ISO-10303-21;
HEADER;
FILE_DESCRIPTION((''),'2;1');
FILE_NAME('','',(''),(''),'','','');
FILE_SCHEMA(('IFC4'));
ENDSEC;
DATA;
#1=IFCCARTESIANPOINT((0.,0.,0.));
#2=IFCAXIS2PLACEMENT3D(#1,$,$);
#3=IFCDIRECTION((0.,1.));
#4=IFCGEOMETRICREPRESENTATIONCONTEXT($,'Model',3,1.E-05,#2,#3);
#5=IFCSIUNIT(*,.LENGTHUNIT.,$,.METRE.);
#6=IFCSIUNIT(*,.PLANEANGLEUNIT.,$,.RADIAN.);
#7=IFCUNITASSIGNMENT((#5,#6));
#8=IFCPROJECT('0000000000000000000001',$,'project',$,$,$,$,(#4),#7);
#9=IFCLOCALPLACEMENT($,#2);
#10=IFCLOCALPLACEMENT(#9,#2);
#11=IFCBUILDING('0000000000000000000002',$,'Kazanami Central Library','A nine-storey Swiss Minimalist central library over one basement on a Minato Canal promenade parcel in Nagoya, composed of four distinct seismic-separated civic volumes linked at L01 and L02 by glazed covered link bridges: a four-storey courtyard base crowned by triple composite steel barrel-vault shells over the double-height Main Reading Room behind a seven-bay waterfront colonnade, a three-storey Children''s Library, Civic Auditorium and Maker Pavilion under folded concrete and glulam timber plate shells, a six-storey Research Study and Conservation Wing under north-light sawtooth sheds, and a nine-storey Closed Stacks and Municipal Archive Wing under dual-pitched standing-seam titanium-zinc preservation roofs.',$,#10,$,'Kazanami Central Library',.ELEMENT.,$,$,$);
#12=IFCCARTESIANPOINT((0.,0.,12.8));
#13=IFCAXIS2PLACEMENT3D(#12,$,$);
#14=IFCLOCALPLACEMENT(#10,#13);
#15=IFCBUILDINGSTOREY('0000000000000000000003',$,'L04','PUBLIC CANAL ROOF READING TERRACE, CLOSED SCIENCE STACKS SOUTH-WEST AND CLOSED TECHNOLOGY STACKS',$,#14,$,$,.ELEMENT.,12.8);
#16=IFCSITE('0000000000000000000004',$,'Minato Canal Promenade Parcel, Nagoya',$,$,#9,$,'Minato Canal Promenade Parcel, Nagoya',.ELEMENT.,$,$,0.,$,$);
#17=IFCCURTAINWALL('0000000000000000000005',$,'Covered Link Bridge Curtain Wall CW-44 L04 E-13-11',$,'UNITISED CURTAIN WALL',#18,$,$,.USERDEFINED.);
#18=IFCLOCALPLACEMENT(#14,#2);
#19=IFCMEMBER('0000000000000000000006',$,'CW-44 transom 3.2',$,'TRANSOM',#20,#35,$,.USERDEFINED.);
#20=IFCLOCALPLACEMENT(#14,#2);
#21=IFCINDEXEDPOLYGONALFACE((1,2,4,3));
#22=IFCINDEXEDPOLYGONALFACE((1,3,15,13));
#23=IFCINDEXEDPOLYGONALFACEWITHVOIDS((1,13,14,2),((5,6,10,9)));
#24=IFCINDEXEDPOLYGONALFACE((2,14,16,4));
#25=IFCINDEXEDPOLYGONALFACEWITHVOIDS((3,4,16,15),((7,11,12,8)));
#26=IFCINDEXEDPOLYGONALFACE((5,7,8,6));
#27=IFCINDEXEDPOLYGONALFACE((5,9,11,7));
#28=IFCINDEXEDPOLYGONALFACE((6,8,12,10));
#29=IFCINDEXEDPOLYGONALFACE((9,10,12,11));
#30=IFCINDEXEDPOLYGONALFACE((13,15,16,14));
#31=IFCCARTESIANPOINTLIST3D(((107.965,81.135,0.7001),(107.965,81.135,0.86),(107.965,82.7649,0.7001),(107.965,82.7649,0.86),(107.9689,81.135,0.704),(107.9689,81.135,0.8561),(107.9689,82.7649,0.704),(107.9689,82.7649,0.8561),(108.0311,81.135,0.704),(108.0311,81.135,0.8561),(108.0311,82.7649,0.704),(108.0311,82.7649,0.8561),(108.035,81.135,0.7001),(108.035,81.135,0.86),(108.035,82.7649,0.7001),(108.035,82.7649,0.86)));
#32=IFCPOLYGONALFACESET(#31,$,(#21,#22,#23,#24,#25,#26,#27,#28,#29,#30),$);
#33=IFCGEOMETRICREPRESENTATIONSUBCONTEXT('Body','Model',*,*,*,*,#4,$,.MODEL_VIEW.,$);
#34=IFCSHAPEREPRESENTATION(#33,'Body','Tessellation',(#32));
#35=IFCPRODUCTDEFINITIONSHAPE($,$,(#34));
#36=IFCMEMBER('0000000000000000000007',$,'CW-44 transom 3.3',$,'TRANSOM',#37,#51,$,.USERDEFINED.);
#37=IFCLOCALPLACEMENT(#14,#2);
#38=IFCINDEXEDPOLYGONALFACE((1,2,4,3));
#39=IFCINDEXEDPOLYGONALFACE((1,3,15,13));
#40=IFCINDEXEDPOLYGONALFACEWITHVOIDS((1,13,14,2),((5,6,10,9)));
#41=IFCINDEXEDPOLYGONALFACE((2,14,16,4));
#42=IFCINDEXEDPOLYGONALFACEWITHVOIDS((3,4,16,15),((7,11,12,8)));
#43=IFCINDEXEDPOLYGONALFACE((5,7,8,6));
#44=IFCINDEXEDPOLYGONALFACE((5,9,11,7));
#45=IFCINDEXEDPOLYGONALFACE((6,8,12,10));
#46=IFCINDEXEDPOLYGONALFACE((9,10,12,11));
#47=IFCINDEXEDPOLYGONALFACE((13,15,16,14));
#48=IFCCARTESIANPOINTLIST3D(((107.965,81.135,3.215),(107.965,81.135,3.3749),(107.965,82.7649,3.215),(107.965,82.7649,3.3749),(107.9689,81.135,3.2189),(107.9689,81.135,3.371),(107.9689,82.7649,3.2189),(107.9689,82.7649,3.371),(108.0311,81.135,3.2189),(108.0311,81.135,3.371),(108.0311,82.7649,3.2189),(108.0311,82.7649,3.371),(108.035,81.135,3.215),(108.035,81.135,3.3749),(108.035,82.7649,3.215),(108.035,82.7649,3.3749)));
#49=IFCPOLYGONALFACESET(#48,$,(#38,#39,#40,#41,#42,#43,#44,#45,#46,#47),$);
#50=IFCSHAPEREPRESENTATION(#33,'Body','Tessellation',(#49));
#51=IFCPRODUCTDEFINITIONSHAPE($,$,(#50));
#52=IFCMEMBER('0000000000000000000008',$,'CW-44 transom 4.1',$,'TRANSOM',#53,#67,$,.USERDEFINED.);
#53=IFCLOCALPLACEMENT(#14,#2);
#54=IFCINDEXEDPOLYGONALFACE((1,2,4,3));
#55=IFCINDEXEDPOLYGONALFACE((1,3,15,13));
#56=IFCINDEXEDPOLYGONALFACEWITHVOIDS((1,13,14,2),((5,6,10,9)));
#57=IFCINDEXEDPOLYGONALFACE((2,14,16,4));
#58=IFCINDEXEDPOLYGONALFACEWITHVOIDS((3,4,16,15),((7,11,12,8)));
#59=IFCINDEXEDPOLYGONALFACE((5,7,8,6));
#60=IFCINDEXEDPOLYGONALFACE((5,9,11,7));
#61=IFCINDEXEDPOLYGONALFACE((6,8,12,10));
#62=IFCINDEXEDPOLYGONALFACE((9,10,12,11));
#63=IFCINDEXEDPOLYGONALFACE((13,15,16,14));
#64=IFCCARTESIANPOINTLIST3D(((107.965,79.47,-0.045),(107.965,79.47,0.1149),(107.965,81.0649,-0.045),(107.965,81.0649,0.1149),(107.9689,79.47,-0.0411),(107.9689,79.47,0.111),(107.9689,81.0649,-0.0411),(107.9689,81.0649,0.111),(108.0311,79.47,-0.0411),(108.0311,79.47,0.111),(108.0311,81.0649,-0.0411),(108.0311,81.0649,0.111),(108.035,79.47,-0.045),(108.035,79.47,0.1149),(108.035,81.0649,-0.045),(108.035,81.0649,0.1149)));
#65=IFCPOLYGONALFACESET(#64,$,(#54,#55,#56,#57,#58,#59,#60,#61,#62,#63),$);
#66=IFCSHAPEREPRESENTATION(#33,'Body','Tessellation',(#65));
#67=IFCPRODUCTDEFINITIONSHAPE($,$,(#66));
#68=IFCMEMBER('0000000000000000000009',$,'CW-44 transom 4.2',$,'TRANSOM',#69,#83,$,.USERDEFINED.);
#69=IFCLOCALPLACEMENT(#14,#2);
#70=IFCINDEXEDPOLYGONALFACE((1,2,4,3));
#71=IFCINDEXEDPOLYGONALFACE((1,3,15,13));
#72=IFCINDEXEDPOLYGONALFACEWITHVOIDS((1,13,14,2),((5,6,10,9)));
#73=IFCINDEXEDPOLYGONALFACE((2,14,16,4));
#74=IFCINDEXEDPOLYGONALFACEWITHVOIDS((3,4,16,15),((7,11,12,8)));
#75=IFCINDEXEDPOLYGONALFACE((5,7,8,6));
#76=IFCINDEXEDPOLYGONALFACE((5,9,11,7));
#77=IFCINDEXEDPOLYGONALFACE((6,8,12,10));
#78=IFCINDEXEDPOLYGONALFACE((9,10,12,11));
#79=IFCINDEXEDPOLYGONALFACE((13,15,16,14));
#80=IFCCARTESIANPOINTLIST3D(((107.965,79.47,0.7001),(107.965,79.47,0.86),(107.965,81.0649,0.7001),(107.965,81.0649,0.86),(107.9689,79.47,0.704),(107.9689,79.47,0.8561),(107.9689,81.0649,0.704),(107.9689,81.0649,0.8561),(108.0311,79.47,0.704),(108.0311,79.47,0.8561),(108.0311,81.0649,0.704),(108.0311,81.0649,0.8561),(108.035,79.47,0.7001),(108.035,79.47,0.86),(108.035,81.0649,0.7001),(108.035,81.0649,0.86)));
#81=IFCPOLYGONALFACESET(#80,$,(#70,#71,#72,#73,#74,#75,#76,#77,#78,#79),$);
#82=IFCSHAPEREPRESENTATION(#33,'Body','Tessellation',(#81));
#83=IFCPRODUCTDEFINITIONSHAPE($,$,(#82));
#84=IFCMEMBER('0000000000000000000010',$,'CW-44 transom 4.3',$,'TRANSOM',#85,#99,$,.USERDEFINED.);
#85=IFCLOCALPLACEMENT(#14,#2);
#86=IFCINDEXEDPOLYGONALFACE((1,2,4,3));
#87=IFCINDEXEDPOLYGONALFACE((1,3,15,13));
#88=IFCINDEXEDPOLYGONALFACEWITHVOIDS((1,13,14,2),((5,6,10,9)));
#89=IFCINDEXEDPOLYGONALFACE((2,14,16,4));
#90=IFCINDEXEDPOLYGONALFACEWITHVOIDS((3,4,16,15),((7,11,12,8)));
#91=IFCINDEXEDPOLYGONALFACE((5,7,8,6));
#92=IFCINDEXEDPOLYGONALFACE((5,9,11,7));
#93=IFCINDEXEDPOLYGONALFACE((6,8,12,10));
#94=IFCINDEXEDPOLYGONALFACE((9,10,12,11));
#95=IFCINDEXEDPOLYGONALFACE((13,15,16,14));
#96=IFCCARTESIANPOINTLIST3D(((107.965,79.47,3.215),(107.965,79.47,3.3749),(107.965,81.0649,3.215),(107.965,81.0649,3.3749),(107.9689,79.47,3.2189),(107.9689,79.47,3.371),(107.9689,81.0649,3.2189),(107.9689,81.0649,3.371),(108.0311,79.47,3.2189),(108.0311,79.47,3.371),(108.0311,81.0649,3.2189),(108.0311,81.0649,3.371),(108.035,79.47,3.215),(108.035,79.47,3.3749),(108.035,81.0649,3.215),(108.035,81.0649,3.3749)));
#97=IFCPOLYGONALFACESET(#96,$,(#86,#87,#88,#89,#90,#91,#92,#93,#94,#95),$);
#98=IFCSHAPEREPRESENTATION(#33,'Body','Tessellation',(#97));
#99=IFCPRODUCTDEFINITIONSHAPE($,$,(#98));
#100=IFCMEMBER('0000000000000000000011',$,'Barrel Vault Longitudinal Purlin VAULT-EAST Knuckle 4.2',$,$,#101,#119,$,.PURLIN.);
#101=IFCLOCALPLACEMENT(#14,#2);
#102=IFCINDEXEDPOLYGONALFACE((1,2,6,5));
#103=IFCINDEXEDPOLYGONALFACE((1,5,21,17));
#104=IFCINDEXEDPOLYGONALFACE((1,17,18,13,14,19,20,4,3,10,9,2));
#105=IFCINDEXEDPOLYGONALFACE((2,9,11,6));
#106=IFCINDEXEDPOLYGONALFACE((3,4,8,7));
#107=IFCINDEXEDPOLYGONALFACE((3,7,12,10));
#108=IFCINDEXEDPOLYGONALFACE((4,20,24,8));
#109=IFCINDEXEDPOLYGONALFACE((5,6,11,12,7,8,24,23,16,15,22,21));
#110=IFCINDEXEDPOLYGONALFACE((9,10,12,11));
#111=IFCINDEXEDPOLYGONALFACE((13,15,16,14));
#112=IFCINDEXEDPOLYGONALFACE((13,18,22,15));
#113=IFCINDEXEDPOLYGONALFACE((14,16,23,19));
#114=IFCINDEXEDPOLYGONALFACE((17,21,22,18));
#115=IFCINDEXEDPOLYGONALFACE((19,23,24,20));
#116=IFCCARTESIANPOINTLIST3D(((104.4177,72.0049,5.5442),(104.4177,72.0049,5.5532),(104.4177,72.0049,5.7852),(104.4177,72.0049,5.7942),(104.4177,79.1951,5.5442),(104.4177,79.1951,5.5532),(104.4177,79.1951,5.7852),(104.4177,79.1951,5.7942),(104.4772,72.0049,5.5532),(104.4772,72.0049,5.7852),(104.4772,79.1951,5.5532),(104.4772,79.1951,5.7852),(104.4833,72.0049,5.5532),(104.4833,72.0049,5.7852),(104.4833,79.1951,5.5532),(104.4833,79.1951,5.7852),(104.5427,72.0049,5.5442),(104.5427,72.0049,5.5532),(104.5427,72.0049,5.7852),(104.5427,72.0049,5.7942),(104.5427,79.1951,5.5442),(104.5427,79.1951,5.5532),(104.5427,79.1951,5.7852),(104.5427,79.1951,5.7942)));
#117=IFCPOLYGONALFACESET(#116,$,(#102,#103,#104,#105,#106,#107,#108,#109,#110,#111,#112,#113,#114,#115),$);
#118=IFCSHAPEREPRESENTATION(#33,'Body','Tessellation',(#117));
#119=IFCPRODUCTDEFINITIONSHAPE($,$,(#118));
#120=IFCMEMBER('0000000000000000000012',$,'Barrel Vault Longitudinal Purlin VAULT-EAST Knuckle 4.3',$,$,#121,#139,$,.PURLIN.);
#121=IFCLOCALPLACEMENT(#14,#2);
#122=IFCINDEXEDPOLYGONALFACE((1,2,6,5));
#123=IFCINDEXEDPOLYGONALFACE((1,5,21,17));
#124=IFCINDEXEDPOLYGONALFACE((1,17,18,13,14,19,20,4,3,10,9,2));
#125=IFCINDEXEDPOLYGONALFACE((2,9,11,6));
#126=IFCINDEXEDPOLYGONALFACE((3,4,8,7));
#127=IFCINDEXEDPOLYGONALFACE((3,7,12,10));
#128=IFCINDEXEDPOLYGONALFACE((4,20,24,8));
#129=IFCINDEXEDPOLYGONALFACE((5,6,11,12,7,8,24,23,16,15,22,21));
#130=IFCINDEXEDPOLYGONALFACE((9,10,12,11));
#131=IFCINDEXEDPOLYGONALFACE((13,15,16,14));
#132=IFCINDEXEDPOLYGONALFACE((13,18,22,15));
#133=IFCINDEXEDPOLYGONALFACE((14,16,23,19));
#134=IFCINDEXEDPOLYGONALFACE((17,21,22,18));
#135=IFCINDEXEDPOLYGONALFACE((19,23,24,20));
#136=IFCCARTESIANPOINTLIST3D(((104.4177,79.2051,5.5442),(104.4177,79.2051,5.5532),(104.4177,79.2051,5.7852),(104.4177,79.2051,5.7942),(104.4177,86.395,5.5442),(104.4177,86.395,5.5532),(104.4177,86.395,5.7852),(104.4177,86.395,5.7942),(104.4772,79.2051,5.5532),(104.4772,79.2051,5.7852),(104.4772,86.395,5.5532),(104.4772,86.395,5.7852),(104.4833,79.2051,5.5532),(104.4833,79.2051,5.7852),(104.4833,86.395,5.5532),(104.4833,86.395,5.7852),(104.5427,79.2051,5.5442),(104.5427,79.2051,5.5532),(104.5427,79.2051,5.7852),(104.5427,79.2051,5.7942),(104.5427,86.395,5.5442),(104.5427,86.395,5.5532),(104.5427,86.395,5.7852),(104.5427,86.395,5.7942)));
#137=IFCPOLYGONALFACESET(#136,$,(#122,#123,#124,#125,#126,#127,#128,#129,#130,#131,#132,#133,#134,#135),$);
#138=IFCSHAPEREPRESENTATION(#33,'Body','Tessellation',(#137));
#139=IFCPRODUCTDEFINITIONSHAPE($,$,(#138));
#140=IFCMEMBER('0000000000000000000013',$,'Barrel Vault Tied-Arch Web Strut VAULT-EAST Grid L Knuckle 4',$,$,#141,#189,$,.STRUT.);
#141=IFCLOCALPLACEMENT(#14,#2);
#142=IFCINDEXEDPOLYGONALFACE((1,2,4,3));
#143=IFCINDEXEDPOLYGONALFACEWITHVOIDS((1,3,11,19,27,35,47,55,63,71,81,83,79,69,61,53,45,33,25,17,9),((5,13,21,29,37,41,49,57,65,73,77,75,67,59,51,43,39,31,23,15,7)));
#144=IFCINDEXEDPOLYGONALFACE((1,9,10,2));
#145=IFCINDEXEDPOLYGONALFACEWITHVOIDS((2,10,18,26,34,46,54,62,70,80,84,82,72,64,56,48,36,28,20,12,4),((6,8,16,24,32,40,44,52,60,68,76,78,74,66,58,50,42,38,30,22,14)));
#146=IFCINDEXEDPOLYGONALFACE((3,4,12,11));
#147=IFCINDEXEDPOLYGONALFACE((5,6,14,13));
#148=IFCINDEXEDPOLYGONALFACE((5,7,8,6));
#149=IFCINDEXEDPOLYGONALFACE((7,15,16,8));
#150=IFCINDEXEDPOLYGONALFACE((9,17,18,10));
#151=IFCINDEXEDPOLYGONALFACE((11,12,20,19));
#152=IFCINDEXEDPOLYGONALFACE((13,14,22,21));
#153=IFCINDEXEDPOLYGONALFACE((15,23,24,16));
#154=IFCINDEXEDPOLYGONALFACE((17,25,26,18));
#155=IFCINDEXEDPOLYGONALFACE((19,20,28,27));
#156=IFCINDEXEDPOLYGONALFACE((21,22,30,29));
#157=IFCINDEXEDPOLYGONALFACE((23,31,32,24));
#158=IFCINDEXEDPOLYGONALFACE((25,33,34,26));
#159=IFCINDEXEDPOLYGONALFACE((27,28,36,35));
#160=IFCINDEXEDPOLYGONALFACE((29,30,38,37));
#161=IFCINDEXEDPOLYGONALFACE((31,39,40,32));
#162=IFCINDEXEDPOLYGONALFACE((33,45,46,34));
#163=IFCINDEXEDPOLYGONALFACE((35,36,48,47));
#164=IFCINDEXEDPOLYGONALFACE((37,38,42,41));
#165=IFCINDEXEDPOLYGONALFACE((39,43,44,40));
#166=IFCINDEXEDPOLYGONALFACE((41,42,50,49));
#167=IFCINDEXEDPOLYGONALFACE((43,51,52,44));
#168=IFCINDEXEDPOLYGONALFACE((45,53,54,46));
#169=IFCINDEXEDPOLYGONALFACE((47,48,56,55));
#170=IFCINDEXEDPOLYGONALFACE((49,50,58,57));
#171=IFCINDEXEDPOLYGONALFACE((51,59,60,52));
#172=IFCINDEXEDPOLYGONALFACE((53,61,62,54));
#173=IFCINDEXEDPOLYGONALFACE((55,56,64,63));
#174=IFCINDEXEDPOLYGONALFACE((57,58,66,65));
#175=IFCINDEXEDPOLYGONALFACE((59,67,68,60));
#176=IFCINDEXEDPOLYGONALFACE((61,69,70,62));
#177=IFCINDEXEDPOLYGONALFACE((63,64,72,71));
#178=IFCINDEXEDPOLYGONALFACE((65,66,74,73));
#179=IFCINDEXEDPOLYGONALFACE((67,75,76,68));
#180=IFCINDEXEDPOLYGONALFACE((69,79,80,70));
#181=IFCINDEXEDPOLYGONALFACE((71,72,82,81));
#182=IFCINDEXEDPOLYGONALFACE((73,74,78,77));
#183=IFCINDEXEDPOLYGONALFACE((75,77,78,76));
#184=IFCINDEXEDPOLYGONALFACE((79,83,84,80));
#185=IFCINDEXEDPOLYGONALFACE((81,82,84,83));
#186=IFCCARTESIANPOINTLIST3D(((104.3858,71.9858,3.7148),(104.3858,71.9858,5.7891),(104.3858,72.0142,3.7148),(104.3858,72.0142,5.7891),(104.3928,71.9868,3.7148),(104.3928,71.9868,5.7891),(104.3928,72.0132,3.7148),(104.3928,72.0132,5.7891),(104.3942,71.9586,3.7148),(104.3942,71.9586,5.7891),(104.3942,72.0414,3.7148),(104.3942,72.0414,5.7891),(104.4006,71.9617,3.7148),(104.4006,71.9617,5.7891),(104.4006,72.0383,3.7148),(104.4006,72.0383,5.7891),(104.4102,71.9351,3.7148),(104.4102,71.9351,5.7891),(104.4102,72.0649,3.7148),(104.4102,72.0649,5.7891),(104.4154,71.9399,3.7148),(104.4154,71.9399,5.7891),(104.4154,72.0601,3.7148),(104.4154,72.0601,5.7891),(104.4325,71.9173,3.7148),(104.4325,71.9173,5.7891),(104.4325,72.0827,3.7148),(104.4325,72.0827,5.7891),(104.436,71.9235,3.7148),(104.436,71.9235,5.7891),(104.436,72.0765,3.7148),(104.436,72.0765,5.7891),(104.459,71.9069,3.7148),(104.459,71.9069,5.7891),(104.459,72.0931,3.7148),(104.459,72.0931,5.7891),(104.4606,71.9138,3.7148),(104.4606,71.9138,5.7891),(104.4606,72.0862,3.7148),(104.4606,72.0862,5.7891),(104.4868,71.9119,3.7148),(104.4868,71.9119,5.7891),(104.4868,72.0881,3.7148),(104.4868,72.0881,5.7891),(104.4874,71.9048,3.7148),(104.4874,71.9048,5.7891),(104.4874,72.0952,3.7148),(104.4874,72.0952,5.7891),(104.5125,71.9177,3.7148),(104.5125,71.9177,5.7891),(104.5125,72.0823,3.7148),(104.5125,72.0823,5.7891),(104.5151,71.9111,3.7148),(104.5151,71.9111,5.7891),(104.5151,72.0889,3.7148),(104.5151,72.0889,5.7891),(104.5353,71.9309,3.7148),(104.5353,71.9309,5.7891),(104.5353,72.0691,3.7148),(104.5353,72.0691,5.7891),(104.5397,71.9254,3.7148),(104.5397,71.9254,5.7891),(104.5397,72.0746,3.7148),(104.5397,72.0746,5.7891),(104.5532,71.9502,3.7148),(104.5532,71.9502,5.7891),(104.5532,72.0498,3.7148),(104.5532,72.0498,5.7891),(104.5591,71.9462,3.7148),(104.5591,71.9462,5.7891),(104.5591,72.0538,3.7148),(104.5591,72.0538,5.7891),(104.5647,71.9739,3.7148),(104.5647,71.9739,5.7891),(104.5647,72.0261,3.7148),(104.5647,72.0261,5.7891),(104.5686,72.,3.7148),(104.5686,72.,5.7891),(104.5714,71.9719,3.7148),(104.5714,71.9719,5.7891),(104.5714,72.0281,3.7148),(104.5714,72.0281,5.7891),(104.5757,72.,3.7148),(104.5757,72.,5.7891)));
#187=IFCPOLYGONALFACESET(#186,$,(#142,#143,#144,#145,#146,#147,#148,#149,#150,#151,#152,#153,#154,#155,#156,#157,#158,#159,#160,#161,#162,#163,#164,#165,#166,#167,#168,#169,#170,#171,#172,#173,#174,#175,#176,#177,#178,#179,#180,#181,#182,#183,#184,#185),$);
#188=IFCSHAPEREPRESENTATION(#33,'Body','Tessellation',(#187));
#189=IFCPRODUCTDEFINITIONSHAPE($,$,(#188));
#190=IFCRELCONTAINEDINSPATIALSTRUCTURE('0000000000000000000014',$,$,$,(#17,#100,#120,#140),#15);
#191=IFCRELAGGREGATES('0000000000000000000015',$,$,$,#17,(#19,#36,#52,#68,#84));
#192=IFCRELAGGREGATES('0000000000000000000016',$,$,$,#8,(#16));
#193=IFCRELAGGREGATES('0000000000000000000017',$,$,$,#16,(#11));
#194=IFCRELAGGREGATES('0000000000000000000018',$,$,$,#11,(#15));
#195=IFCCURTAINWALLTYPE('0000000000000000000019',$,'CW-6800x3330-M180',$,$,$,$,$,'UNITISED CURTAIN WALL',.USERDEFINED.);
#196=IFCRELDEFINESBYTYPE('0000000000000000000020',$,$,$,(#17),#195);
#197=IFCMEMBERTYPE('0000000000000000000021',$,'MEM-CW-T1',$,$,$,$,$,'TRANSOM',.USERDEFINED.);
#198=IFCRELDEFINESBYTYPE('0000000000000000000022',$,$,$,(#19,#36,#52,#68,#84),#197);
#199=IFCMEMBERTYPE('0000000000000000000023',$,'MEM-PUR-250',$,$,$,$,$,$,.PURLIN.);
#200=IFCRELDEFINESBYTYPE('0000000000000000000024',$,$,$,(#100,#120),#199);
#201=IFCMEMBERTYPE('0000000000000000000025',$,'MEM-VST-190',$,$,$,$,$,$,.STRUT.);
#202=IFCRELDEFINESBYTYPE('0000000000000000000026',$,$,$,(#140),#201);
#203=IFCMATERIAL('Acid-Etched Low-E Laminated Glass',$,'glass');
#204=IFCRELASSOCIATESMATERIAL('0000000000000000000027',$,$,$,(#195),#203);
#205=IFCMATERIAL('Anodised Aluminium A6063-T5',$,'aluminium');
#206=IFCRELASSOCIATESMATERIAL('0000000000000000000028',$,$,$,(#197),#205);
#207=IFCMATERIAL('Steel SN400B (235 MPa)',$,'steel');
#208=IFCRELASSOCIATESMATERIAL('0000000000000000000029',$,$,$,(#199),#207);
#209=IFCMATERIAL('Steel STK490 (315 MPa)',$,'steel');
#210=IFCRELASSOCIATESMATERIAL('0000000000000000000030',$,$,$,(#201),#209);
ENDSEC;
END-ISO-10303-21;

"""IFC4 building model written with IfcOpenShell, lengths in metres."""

from ifc_helpers import new_model, si_unit, direction, frame, origin, origin_2d, place, context, subcontext, project, spatial, hollow_rectangle, hollow_circle, i_section, extrude, material, material_profile, profile_set, type_object, element, aggregate, save


model = new_model("IFC4")

# Units and contexts
model_context = context("Model", 3, precision=1e-05, world=origin(), true_north=direction((0.0, 1.0)))
body_context = subcontext(model_context, "Body", "Model", "MODEL_VIEW")
ifc_project = project(units=[si_unit("LENGTHUNIT", "METRE"), si_unit("PLANEANGLEUNIT", "RADIAN")], contexts=[model_context])

# Site, building, storey
site_placement = place(None, origin())
site = spatial("IfcSite", under=ifc_project, at=site_placement, Name="Minato Canal Promenade Parcel, Nagoya", LongName="Minato Canal Promenade Parcel, Nagoya", CompositionType="ELEMENT", RefElevation=0.0)
building_placement = place(site_placement, origin())
building = spatial("IfcBuilding", under=site, at=building_placement, Name="Kazanami Central Library", Description="A nine-storey Swiss Minimalist central library over one basement on a Minato Canal promenade parcel in Nagoya, composed of four distinct seismic-separated civic volumes linked at L01 and L02 by glazed covered link bridges: a four-storey courtyard base crowned by triple composite steel barrel-vault shells over the double-height Main Reading Room behind a seven-bay waterfront colonnade, a three-storey Children's Library, Civic Auditorium and Maker Pavilion under folded concrete and glulam timber plate shells, a six-storey Research Study and Conservation Wing under north-light sawtooth sheds, and a nine-storey Closed Stacks and Municipal Archive Wing under dual-pitched standing-seam titanium-zinc preservation roofs.", LongName="Kazanami Central Library", CompositionType="ELEMENT")
storey_placement = place(building_placement, frame((0.0, 0.0, 12.8)))
storey = spatial("IfcBuildingStorey", under=building, at=storey_placement, Name="L04", Description="PUBLIC CANAL ROOF READING TERRACE, CLOSED SCIENCE STACKS SOUTH-WEST AND CLOSED TECHNOLOGY STACKS", CompositionType="ELEMENT", Elevation=12.8)

# Curtain wall, members
ifc_material_1 = material(Name="Acid-Etched Low-E Laminated Glass", Category="glass")
curtain_wall_type = type_object("IfcCurtainWallType", Name="CW-6800x3330-M180", ElementType="UNITISED CURTAIN WALL", PredefinedType="USERDEFINED", material=ifc_material_1)
curtain_wall_placement = place(storey_placement, origin())
curtain_wall = element("IfcCurtainWall", 1, at=curtain_wall_placement, inside=storey, type_object=curtain_wall_type, Name="Covered Link Bridge Curtain Wall CW-44 L04 E-13-11", ObjectType="UNITISED CURTAIN WALL", PredefinedType="USERDEFINED")
ifc_material_2 = material(Name="Anodised Aluminium A6063-T5", Category="aluminium")
ifc_material_profile_1 = material_profile(ifc_material_2, hollow_rectangle(XDim=0.0701, YDim=0.1599, WallThickness=0.0039, at=origin_2d()), Name="ALU-TRAN-70x160x4")
ifc_profile_set_1 = profile_set([ifc_material_profile_1], Name="Anodised Aluminium A6063-T5")
member_type_1 = type_object("IfcMemberType", Name="MEM-CW-T1", ElementType="TRANSOM", PredefinedType="USERDEFINED", material=ifc_profile_set_1)
member_1_placement = place(storey_placement, frame((108.0, 82.7649, 0.78), z_axis=(0.0, -1.0, 0.0), x_axis=(1.0, 0.0, 0.0)))
member_1 = element("IfcMember", 2, at=member_1_placement, type_object=member_type_1, Name="CW-44 transom 3.2", ObjectType="TRANSOM", PredefinedType="USERDEFINED", context=body_context, shape_type="SweptSolid", body=[
    extrude(hollow_rectangle(XDim=0.0701, YDim=0.1599, WallThickness=0.0039, at=origin_2d()), origin(), (0.0, 0.0, 1.0), 1.6299),
])
member_2_placement = place(storey_placement, frame((108.0, 82.7649, 3.2949), z_axis=(0.0, -1.0, 0.0), x_axis=(1.0, 0.0, 0.0)))
member_2 = element("IfcMember", 3, at=member_2_placement, type_object=member_type_1, Name="CW-44 transom 3.3", ObjectType="TRANSOM", PredefinedType="USERDEFINED", context=body_context, shape_type="SweptSolid", body=[
    extrude(hollow_rectangle(XDim=0.0701, YDim=0.1599, WallThickness=0.0039, at=origin_2d()), origin(), (0.0, 0.0, 1.0), 1.6299),
])
member_3_placement = place(storey_placement, frame((108.0, 81.0649, 0.0349), z_axis=(0.0, -1.0, 0.0), x_axis=(1.0, 0.0, 0.0)))
member_3 = element("IfcMember", 4, at=member_3_placement, type_object=member_type_1, Name="CW-44 transom 4.1", ObjectType="TRANSOM", PredefinedType="USERDEFINED", context=body_context, shape_type="SweptSolid", body=[
    extrude(hollow_rectangle(XDim=0.0701, YDim=0.1599, WallThickness=0.0039, at=origin_2d()), origin(), (0.0, 0.0, 1.0), 1.595),
])
member_4_placement = place(storey_placement, frame((108.0, 81.0649, 0.78), z_axis=(0.0, -1.0, 0.0), x_axis=(1.0, 0.0, 0.0)))
member_4 = element("IfcMember", 5, at=member_4_placement, type_object=member_type_1, Name="CW-44 transom 4.2", ObjectType="TRANSOM", PredefinedType="USERDEFINED", context=body_context, shape_type="SweptSolid", body=[
    extrude(hollow_rectangle(XDim=0.0701, YDim=0.1599, WallThickness=0.0039, at=origin_2d()), origin(), (0.0, 0.0, 1.0), 1.595),
])
member_5_placement = place(storey_placement, frame((108.0, 81.0649, 3.2949), z_axis=(0.0, -1.0, 0.0), x_axis=(1.0, 0.0, 0.0)))
member_5 = element("IfcMember", 6, at=member_5_placement, type_object=member_type_1, Name="CW-44 transom 4.3", ObjectType="TRANSOM", PredefinedType="USERDEFINED", context=body_context, shape_type="SweptSolid", body=[
    extrude(hollow_rectangle(XDim=0.0701, YDim=0.1599, WallThickness=0.0039, at=origin_2d()), origin(), (0.0, 0.0, 1.0), 1.595),
])

# Members
ifc_material_3 = material(Name="Steel SN400B (235 MPa)", Category="steel")
ifc_material_profile_2 = material_profile(ifc_material_3, i_section(OverallWidth=0.125, OverallDepth=0.25, WebThickness=0.0061, FlangeThickness=0.009, at=origin_2d()), Name="H-250x125x6x9")
ifc_profile_set_2 = profile_set([ifc_material_profile_2], Name="Steel SN400B (235 MPa)")
member_type_2 = type_object("IfcMemberType", Name="MEM-PUR-250", PredefinedType="PURLIN", material=ifc_profile_set_2)
member_6_placement = place(storey_placement, frame((104.4802, 72.0049, 5.6692), z_axis=(0.0, 1.0, 0.0), x_axis=(-1.0, 0.0, 0.0)))
element("IfcMember", 7, at=member_6_placement, inside=storey, type_object=member_type_2, Name="Barrel Vault Longitudinal Purlin VAULT-EAST Knuckle 4.2", PredefinedType="PURLIN", context=body_context, shape_type="SweptSolid", body=[
    extrude(i_section(OverallWidth=0.125, OverallDepth=0.25, WebThickness=0.0061, FlangeThickness=0.009, at=origin_2d()), origin(), (0.0, 0.0, 1.0), 7.1902),
])
member_7_placement = place(storey_placement, frame((104.4802, 79.2051, 5.6692), z_axis=(0.0, 1.0, 0.0), x_axis=(-1.0, 0.0, 0.0)))
element("IfcMember", 8, at=member_7_placement, inside=storey, type_object=member_type_2, Name="Barrel Vault Longitudinal Purlin VAULT-EAST Knuckle 4.3", PredefinedType="PURLIN", context=body_context, shape_type="SweptSolid", body=[
    extrude(i_section(OverallWidth=0.125, OverallDepth=0.25, WebThickness=0.0061, FlangeThickness=0.009, at=origin_2d()), origin(), (0.0, 0.0, 1.0), 7.1899),
])
ifc_material_4 = material(Name="Steel STK490 (315 MPa)", Category="steel")
ifc_material_profile_3 = material_profile(ifc_material_4, hollow_circle(Radius=0.0955, WallThickness=0.0071, at=origin_2d()), Name="CHS-190.7x7.0")
ifc_profile_set_3 = profile_set([ifc_material_profile_3], Name="Steel STK490 (315 MPa)")
member_type_3 = type_object("IfcMemberType", Name="MEM-VST-190", PredefinedType="STRUT", material=ifc_profile_set_3)
member_8_placement = place(storey_placement, frame((104.4802, 72.0, 3.7148), z_axis=(0.0, 0.0, 1.0), x_axis=(1.0, 0.0, 0.0)))
element("IfcMember", 9, at=member_8_placement, inside=storey, type_object=member_type_3, Name="Barrel Vault Tied-Arch Web Strut VAULT-EAST Grid L Knuckle 4", PredefinedType="STRUT", context=body_context, shape_type="SweptSolid", body=[
    extrude(hollow_circle(Radius=0.0955, WallThickness=0.0071, at=origin_2d()), origin(), (0.0, 0.0, 1.0), 2.0742),
])

aggregate(curtain_wall, [member_1, member_2, member_3, member_4, member_5])

save(model, "model.ifc")
